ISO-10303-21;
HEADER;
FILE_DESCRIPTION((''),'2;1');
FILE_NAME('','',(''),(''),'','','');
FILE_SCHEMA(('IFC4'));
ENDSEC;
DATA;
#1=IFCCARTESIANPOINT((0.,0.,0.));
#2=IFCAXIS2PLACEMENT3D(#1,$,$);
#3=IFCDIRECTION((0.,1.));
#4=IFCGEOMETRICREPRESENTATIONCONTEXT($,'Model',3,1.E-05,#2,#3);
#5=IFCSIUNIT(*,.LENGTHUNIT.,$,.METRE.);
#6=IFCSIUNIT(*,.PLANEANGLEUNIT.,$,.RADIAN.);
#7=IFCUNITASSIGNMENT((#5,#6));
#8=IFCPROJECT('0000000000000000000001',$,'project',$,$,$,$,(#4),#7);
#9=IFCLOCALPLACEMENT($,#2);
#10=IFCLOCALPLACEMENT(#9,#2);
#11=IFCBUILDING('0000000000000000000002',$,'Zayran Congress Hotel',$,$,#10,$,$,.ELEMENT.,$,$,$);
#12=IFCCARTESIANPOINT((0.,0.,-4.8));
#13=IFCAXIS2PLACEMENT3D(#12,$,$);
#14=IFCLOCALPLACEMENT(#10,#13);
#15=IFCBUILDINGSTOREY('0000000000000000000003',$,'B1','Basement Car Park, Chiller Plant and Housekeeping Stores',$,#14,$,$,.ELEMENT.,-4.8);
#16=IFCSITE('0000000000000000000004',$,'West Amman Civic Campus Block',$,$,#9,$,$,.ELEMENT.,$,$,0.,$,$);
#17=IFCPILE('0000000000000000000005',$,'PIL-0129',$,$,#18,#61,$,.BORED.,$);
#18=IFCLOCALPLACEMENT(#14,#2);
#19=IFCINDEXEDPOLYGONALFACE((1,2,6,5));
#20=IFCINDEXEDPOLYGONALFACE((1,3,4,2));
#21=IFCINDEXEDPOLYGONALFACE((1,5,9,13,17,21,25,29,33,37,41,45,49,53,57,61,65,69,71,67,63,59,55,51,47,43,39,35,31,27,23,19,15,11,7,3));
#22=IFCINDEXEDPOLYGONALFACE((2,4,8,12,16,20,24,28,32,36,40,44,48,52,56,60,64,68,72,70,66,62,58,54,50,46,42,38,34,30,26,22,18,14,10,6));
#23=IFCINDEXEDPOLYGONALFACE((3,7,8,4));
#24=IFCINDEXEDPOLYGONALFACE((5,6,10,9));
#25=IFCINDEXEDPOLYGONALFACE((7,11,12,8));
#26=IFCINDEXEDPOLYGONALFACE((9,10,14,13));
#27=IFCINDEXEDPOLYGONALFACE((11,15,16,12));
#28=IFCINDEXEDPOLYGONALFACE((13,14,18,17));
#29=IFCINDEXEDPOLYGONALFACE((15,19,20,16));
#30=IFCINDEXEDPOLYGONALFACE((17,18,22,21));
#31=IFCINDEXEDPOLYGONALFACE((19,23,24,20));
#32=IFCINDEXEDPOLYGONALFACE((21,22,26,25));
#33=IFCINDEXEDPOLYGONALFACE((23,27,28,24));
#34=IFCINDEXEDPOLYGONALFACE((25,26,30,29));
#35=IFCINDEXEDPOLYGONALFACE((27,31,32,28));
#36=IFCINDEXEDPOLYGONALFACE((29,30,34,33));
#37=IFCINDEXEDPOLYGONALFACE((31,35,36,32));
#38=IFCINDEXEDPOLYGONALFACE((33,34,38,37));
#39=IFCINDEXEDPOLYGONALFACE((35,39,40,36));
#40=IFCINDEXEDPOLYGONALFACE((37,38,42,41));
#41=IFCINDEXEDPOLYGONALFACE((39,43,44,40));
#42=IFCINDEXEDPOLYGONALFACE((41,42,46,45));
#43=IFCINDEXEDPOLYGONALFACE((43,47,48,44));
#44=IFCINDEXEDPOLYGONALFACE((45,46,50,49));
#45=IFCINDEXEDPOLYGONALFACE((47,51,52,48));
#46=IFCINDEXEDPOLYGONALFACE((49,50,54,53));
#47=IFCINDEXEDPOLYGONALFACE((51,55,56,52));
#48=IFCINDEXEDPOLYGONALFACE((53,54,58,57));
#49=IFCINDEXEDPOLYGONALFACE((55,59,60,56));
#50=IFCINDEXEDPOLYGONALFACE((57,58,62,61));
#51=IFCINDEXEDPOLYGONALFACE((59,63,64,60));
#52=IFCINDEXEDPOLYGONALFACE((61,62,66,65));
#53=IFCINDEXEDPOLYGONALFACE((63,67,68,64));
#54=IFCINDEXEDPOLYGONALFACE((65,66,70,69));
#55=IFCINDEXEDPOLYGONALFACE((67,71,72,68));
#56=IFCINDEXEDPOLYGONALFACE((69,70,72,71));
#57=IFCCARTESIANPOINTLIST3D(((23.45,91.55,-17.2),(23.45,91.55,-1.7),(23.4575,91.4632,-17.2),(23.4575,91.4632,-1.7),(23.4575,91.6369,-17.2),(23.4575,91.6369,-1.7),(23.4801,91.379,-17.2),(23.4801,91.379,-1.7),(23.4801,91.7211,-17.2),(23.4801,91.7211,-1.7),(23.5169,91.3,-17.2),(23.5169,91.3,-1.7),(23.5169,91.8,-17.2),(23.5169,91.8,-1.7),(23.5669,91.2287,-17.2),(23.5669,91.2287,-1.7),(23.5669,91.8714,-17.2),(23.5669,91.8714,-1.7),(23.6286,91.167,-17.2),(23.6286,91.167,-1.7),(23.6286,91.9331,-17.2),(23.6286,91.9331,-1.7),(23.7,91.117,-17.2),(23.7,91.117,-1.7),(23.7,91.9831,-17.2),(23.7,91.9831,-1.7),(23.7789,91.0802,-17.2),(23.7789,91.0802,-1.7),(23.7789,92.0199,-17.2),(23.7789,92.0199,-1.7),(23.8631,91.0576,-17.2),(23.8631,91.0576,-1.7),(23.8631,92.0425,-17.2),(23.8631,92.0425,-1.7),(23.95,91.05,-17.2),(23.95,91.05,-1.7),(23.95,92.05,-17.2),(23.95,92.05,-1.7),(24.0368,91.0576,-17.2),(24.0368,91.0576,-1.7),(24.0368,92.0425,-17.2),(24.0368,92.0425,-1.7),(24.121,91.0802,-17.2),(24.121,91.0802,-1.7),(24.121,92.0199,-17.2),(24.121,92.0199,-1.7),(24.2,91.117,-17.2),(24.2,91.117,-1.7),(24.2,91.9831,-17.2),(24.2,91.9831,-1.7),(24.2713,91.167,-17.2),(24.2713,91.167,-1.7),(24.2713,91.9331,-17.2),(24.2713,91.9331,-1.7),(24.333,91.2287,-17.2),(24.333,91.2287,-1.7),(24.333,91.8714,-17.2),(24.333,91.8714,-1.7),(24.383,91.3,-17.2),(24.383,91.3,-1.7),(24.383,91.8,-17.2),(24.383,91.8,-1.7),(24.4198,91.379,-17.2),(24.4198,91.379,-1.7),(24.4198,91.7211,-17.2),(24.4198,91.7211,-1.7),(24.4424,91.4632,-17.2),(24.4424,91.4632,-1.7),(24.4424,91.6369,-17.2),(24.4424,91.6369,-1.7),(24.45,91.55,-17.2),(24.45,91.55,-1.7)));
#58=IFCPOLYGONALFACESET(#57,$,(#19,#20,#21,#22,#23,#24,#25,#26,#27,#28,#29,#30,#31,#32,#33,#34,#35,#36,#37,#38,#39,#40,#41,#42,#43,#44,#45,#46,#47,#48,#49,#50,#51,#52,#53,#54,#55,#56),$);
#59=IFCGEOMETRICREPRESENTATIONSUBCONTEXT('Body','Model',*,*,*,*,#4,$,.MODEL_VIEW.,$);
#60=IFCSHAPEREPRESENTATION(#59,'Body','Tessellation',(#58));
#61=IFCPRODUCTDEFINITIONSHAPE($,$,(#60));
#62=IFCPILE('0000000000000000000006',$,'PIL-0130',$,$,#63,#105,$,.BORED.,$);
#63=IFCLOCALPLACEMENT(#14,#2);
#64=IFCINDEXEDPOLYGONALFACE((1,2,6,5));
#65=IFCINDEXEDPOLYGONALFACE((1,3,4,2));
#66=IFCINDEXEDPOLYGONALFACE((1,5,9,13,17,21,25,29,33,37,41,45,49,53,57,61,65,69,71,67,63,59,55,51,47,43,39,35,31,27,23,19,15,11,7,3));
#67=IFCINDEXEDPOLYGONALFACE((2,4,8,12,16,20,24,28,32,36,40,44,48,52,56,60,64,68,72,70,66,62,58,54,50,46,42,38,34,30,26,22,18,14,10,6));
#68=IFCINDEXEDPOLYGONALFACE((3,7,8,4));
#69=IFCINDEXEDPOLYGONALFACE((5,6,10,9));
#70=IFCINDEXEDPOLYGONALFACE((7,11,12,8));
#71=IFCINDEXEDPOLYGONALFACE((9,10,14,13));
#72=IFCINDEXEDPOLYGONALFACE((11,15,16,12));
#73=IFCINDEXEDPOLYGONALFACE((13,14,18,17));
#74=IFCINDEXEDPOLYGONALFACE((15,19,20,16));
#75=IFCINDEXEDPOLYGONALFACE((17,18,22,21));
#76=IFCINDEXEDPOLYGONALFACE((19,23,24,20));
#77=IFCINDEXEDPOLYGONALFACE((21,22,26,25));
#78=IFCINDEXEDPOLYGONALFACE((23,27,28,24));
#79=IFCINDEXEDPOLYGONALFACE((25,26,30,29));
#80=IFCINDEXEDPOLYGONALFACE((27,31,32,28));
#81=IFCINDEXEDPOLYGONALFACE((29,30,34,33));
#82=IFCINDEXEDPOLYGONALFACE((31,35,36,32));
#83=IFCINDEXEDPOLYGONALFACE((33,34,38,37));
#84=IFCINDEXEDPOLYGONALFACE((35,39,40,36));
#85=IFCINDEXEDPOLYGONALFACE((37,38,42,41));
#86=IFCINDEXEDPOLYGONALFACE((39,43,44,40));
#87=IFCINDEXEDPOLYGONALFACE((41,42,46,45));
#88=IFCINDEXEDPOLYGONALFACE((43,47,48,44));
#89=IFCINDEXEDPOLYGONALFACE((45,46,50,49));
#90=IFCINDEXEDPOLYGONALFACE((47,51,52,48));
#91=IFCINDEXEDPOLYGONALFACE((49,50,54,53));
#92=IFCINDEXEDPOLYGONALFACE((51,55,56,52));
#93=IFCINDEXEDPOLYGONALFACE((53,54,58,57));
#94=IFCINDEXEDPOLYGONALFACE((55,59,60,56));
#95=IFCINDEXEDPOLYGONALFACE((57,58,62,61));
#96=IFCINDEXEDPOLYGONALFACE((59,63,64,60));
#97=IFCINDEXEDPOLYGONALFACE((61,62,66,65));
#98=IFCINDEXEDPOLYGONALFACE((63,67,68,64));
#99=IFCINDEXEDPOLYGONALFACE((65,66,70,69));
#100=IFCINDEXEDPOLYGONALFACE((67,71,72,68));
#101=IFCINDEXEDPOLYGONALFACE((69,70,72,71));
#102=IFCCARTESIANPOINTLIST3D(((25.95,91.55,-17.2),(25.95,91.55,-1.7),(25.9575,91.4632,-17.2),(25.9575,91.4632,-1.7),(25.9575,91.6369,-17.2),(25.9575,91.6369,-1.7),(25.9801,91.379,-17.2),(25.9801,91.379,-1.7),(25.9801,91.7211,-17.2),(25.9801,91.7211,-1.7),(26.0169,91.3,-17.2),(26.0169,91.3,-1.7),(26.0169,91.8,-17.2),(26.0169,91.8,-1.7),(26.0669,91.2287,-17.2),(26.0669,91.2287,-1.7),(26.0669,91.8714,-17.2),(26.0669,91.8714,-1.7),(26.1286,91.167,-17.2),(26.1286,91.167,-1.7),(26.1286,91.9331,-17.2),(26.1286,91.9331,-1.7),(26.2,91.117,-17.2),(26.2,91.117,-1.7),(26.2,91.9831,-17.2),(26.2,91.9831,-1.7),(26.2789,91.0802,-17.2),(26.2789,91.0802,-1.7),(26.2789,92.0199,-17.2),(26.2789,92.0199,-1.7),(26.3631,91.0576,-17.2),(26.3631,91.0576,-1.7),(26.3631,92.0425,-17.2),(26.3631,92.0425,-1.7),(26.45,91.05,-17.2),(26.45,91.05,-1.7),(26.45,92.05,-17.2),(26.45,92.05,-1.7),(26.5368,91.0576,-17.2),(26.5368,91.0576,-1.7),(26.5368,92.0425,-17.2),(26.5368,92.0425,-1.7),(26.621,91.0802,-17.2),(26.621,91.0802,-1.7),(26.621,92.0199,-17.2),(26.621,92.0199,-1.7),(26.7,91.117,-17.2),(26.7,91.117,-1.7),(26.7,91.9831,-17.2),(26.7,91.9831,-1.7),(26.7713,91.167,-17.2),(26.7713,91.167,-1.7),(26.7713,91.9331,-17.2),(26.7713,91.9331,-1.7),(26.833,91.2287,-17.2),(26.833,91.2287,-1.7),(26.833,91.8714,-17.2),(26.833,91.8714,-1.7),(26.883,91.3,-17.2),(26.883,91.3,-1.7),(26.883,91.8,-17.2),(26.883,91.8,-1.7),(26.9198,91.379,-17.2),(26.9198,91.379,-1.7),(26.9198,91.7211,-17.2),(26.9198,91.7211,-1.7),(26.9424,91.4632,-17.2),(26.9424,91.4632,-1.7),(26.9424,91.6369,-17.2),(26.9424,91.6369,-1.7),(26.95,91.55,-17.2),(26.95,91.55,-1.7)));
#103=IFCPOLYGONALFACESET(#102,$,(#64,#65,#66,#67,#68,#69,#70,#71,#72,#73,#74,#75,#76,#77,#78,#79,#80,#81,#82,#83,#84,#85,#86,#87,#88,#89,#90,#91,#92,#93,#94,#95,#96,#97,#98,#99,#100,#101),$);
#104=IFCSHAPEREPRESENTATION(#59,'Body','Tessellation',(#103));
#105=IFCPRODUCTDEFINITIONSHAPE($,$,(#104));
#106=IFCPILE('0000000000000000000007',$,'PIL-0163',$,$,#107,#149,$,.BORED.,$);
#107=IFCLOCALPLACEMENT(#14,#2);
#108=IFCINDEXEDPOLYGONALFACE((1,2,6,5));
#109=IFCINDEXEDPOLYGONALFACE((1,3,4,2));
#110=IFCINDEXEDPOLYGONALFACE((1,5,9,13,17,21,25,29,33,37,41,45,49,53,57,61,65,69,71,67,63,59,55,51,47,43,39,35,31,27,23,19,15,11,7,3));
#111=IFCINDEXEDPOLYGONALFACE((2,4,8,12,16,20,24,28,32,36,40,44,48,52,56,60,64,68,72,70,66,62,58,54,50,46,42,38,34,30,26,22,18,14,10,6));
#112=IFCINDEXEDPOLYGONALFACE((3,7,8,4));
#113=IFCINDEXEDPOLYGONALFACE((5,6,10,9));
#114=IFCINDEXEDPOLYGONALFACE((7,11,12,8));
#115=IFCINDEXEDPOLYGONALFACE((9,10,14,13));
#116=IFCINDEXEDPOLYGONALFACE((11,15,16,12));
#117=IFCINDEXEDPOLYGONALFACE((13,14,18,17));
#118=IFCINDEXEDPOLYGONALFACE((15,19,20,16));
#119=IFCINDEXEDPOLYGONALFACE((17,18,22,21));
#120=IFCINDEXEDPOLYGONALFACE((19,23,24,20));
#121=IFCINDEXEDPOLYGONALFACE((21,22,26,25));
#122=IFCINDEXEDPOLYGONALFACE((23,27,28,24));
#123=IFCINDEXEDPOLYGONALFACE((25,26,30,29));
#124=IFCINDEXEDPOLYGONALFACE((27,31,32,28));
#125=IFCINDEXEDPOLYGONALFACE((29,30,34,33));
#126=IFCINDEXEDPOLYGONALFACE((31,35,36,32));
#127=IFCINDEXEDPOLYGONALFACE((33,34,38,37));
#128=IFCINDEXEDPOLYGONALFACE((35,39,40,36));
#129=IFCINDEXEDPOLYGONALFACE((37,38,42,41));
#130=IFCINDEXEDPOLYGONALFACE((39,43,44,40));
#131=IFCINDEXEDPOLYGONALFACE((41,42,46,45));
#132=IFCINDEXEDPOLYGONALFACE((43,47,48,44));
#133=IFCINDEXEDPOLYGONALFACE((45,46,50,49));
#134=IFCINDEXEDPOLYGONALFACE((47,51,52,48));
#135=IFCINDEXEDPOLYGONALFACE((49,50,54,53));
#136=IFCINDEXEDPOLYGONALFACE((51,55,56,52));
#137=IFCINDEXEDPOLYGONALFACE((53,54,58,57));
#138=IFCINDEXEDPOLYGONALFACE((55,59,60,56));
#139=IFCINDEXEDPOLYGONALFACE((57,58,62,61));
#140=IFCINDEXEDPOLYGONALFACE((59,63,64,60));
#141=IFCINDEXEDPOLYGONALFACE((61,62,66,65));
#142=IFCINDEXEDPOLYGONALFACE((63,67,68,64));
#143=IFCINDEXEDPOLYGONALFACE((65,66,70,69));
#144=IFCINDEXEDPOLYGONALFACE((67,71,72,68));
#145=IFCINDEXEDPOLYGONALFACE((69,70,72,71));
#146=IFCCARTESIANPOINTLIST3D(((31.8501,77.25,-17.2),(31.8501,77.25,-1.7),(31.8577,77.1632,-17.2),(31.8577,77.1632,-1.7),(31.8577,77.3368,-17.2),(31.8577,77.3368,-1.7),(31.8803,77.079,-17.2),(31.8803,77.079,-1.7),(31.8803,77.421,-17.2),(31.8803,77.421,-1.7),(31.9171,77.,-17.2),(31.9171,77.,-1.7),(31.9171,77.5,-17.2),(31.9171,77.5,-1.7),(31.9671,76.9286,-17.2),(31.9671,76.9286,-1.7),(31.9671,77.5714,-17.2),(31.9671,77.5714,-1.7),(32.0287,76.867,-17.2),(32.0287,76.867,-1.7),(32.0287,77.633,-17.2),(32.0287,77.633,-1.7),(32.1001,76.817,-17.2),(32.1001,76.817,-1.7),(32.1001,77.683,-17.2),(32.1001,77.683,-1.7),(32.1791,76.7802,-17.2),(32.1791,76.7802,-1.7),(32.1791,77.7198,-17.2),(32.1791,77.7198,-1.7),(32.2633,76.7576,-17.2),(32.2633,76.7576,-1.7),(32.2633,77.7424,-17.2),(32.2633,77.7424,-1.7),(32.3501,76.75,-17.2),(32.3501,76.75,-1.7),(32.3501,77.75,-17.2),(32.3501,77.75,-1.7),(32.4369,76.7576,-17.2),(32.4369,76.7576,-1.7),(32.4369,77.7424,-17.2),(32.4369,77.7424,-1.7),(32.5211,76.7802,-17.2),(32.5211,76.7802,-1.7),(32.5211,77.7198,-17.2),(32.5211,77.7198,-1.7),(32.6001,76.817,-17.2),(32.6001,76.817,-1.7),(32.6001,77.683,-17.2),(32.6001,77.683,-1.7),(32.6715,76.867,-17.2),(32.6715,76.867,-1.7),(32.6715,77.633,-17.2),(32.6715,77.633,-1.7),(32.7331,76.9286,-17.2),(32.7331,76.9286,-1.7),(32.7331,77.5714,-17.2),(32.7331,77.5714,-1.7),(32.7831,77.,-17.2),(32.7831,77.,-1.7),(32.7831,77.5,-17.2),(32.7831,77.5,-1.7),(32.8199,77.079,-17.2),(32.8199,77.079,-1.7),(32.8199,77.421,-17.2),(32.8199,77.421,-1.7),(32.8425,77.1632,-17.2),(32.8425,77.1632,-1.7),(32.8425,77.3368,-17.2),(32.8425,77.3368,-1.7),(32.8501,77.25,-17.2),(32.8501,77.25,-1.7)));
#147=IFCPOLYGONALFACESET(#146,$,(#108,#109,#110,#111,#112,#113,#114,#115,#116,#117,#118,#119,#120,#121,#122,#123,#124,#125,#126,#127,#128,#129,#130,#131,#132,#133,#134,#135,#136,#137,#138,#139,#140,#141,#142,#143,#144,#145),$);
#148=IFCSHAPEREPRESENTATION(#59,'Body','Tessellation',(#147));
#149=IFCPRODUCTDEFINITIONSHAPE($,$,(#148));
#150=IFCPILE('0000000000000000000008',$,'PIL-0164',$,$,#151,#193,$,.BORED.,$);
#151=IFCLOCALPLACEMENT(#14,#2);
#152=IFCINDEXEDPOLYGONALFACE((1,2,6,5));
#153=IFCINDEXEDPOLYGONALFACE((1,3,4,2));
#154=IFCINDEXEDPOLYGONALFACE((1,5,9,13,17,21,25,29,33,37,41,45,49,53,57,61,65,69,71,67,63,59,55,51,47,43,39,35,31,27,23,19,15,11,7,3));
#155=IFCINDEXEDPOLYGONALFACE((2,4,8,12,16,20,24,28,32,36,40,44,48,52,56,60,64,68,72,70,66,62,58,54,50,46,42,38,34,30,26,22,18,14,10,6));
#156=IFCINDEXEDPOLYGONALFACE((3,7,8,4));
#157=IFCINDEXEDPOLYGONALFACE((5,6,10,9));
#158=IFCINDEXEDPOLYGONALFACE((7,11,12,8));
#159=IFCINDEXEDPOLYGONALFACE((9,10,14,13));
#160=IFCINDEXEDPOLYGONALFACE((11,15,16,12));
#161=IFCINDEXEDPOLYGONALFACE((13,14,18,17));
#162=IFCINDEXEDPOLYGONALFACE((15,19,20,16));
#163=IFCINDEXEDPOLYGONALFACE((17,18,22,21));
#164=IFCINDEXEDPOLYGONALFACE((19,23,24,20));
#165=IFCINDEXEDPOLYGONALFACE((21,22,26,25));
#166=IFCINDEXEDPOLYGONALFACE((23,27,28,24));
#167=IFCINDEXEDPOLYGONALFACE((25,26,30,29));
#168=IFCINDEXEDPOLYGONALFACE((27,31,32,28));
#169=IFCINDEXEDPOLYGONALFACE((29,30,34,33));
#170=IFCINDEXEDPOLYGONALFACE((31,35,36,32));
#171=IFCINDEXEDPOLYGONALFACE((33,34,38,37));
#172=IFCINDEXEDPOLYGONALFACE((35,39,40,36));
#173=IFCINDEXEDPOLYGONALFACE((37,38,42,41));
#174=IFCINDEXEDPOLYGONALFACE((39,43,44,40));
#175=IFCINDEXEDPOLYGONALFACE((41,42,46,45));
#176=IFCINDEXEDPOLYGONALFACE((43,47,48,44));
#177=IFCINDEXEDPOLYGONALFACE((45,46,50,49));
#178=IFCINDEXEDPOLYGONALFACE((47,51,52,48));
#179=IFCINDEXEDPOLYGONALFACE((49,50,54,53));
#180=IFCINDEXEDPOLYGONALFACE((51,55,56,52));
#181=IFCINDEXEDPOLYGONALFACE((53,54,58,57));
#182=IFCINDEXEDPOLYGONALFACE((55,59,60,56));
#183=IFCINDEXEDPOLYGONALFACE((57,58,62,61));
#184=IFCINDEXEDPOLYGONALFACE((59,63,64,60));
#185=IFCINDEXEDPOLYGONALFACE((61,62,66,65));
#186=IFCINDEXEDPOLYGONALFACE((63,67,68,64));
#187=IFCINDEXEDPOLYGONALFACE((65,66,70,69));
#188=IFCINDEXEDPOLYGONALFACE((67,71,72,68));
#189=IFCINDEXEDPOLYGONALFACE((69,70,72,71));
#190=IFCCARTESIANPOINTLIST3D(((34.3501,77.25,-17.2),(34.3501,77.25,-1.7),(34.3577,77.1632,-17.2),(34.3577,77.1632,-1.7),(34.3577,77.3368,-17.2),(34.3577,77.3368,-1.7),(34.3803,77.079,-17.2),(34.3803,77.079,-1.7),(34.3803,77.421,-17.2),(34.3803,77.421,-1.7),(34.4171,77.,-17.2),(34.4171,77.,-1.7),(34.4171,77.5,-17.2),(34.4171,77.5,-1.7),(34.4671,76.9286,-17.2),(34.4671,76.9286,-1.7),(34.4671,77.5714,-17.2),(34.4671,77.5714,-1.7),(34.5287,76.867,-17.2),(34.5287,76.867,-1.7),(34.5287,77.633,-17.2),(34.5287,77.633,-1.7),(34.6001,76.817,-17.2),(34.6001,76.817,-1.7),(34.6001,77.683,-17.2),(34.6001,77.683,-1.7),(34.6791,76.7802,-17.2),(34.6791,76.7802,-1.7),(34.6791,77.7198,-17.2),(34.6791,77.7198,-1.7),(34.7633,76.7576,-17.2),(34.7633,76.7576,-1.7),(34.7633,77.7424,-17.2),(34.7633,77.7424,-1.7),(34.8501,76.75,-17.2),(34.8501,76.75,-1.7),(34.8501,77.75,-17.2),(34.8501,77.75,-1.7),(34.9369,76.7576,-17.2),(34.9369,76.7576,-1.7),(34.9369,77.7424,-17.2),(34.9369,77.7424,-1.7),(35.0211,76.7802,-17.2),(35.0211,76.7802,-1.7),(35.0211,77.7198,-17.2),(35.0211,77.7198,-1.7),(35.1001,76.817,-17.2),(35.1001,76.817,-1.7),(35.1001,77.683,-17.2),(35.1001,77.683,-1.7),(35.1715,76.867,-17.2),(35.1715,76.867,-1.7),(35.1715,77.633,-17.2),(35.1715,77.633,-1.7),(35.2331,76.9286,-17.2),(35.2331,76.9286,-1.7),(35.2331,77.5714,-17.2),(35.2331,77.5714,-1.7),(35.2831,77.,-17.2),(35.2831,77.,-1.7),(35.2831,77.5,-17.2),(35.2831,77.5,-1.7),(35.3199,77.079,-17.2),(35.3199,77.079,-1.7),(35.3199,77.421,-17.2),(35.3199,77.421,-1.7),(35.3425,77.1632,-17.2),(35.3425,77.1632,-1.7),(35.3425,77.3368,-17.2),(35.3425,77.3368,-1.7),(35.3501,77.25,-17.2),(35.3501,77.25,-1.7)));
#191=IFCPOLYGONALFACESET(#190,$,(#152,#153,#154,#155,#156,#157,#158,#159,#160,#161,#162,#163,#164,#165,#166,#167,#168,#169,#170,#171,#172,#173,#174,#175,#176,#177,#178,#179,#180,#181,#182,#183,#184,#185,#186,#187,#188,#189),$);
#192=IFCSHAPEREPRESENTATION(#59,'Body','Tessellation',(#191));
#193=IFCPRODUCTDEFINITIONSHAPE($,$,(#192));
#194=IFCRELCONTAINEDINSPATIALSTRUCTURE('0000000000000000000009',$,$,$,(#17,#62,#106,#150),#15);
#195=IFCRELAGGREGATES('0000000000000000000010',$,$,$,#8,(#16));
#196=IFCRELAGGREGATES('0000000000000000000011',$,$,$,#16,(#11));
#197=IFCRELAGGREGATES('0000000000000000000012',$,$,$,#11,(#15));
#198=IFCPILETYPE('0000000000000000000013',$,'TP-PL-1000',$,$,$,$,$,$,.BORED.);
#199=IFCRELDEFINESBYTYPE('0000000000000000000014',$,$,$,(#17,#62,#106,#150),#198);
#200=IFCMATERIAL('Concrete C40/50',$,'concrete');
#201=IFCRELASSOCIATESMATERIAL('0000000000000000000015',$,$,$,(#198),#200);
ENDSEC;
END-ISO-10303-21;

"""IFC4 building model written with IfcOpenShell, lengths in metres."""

from ifc_helpers import new_model, si_unit, direction, frame, origin, origin_2d, place, context, subcontext, project, spatial, circle, extrude, material, material_profile, profile_set, type_object, element, save


model = new_model("IFC4")

# Units and contexts
model_context = context("Model", 3, precision=1e-05, world=origin(), true_north=direction((0.0, 1.0)))
body_context = subcontext(model_context, "Body", "Model", "MODEL_VIEW")
ifc_project = project(units=[si_unit("LENGTHUNIT", "METRE"), si_unit("PLANEANGLEUNIT", "RADIAN")], contexts=[model_context])

# Site, building, storey
site_placement = place(None, origin())
site = spatial("IfcSite", under=ifc_project, at=site_placement, Name="West Amman Civic Campus Block", CompositionType="ELEMENT", RefElevation=0.0)
building_placement = place(site_placement, origin())
building = spatial("IfcBuilding", under=site, at=building_placement, Name="Zayran Congress Hotel", CompositionType="ELEMENT")
storey_placement = place(building_placement, frame((0.0, 0.0, -4.8)))
storey = spatial("IfcBuildingStorey", under=building, at=storey_placement, Name="B1", Description="Basement Car Park, Chiller Plant and Housekeeping Stores", CompositionType="ELEMENT", Elevation=-4.8)

# Piles
ifc_material_1 = material(Name="Concrete C40/50", Category="concrete")
ifc_material_profile_1 = material_profile(ifc_material_1, circle(Radius=0.5, at=origin_2d()), Name="PILE D1000")
ifc_profile_set_1 = profile_set([ifc_material_profile_1], Name="Concrete C40/50")
pile_type = type_object("IfcPileType", Name="TP-PL-1000", PredefinedType="BORED", material=ifc_profile_set_1)
for number, where, z_axis, x_axis, name in (
    (1, (23.95, 91.55, -1.7), (0.0, 0.0, -1.0), (1.0, 0.0, 0.0), "PIL-0129"),
    (2, (26.45, 91.55, -1.7), (0.0, 0.0, -1.0), (1.0, 0.0, 0.0), "PIL-0130"),
    (3, (32.3501, 77.25, -1.7), (0.0, 0.0, -1.0), (1.0, 0.0, 0.0), "PIL-0163"),
    (4, (34.8501, 77.25, -1.7), (0.0, 0.0, -1.0), (1.0, 0.0, 0.0), "PIL-0164"),
):
    element("IfcPile", number, at=place(storey_placement, frame(where, z_axis=z_axis, x_axis=x_axis)), inside=storey, type_object=pile_type, Name=name, PredefinedType="BORED", context=body_context, shape_type="SweptSolid", body=[
        extrude(circle(Radius=0.5, at=origin_2d()), origin(), (0.0, 0.0, 1.0), 15.5),
    ])

save(model, "model.ifc")
